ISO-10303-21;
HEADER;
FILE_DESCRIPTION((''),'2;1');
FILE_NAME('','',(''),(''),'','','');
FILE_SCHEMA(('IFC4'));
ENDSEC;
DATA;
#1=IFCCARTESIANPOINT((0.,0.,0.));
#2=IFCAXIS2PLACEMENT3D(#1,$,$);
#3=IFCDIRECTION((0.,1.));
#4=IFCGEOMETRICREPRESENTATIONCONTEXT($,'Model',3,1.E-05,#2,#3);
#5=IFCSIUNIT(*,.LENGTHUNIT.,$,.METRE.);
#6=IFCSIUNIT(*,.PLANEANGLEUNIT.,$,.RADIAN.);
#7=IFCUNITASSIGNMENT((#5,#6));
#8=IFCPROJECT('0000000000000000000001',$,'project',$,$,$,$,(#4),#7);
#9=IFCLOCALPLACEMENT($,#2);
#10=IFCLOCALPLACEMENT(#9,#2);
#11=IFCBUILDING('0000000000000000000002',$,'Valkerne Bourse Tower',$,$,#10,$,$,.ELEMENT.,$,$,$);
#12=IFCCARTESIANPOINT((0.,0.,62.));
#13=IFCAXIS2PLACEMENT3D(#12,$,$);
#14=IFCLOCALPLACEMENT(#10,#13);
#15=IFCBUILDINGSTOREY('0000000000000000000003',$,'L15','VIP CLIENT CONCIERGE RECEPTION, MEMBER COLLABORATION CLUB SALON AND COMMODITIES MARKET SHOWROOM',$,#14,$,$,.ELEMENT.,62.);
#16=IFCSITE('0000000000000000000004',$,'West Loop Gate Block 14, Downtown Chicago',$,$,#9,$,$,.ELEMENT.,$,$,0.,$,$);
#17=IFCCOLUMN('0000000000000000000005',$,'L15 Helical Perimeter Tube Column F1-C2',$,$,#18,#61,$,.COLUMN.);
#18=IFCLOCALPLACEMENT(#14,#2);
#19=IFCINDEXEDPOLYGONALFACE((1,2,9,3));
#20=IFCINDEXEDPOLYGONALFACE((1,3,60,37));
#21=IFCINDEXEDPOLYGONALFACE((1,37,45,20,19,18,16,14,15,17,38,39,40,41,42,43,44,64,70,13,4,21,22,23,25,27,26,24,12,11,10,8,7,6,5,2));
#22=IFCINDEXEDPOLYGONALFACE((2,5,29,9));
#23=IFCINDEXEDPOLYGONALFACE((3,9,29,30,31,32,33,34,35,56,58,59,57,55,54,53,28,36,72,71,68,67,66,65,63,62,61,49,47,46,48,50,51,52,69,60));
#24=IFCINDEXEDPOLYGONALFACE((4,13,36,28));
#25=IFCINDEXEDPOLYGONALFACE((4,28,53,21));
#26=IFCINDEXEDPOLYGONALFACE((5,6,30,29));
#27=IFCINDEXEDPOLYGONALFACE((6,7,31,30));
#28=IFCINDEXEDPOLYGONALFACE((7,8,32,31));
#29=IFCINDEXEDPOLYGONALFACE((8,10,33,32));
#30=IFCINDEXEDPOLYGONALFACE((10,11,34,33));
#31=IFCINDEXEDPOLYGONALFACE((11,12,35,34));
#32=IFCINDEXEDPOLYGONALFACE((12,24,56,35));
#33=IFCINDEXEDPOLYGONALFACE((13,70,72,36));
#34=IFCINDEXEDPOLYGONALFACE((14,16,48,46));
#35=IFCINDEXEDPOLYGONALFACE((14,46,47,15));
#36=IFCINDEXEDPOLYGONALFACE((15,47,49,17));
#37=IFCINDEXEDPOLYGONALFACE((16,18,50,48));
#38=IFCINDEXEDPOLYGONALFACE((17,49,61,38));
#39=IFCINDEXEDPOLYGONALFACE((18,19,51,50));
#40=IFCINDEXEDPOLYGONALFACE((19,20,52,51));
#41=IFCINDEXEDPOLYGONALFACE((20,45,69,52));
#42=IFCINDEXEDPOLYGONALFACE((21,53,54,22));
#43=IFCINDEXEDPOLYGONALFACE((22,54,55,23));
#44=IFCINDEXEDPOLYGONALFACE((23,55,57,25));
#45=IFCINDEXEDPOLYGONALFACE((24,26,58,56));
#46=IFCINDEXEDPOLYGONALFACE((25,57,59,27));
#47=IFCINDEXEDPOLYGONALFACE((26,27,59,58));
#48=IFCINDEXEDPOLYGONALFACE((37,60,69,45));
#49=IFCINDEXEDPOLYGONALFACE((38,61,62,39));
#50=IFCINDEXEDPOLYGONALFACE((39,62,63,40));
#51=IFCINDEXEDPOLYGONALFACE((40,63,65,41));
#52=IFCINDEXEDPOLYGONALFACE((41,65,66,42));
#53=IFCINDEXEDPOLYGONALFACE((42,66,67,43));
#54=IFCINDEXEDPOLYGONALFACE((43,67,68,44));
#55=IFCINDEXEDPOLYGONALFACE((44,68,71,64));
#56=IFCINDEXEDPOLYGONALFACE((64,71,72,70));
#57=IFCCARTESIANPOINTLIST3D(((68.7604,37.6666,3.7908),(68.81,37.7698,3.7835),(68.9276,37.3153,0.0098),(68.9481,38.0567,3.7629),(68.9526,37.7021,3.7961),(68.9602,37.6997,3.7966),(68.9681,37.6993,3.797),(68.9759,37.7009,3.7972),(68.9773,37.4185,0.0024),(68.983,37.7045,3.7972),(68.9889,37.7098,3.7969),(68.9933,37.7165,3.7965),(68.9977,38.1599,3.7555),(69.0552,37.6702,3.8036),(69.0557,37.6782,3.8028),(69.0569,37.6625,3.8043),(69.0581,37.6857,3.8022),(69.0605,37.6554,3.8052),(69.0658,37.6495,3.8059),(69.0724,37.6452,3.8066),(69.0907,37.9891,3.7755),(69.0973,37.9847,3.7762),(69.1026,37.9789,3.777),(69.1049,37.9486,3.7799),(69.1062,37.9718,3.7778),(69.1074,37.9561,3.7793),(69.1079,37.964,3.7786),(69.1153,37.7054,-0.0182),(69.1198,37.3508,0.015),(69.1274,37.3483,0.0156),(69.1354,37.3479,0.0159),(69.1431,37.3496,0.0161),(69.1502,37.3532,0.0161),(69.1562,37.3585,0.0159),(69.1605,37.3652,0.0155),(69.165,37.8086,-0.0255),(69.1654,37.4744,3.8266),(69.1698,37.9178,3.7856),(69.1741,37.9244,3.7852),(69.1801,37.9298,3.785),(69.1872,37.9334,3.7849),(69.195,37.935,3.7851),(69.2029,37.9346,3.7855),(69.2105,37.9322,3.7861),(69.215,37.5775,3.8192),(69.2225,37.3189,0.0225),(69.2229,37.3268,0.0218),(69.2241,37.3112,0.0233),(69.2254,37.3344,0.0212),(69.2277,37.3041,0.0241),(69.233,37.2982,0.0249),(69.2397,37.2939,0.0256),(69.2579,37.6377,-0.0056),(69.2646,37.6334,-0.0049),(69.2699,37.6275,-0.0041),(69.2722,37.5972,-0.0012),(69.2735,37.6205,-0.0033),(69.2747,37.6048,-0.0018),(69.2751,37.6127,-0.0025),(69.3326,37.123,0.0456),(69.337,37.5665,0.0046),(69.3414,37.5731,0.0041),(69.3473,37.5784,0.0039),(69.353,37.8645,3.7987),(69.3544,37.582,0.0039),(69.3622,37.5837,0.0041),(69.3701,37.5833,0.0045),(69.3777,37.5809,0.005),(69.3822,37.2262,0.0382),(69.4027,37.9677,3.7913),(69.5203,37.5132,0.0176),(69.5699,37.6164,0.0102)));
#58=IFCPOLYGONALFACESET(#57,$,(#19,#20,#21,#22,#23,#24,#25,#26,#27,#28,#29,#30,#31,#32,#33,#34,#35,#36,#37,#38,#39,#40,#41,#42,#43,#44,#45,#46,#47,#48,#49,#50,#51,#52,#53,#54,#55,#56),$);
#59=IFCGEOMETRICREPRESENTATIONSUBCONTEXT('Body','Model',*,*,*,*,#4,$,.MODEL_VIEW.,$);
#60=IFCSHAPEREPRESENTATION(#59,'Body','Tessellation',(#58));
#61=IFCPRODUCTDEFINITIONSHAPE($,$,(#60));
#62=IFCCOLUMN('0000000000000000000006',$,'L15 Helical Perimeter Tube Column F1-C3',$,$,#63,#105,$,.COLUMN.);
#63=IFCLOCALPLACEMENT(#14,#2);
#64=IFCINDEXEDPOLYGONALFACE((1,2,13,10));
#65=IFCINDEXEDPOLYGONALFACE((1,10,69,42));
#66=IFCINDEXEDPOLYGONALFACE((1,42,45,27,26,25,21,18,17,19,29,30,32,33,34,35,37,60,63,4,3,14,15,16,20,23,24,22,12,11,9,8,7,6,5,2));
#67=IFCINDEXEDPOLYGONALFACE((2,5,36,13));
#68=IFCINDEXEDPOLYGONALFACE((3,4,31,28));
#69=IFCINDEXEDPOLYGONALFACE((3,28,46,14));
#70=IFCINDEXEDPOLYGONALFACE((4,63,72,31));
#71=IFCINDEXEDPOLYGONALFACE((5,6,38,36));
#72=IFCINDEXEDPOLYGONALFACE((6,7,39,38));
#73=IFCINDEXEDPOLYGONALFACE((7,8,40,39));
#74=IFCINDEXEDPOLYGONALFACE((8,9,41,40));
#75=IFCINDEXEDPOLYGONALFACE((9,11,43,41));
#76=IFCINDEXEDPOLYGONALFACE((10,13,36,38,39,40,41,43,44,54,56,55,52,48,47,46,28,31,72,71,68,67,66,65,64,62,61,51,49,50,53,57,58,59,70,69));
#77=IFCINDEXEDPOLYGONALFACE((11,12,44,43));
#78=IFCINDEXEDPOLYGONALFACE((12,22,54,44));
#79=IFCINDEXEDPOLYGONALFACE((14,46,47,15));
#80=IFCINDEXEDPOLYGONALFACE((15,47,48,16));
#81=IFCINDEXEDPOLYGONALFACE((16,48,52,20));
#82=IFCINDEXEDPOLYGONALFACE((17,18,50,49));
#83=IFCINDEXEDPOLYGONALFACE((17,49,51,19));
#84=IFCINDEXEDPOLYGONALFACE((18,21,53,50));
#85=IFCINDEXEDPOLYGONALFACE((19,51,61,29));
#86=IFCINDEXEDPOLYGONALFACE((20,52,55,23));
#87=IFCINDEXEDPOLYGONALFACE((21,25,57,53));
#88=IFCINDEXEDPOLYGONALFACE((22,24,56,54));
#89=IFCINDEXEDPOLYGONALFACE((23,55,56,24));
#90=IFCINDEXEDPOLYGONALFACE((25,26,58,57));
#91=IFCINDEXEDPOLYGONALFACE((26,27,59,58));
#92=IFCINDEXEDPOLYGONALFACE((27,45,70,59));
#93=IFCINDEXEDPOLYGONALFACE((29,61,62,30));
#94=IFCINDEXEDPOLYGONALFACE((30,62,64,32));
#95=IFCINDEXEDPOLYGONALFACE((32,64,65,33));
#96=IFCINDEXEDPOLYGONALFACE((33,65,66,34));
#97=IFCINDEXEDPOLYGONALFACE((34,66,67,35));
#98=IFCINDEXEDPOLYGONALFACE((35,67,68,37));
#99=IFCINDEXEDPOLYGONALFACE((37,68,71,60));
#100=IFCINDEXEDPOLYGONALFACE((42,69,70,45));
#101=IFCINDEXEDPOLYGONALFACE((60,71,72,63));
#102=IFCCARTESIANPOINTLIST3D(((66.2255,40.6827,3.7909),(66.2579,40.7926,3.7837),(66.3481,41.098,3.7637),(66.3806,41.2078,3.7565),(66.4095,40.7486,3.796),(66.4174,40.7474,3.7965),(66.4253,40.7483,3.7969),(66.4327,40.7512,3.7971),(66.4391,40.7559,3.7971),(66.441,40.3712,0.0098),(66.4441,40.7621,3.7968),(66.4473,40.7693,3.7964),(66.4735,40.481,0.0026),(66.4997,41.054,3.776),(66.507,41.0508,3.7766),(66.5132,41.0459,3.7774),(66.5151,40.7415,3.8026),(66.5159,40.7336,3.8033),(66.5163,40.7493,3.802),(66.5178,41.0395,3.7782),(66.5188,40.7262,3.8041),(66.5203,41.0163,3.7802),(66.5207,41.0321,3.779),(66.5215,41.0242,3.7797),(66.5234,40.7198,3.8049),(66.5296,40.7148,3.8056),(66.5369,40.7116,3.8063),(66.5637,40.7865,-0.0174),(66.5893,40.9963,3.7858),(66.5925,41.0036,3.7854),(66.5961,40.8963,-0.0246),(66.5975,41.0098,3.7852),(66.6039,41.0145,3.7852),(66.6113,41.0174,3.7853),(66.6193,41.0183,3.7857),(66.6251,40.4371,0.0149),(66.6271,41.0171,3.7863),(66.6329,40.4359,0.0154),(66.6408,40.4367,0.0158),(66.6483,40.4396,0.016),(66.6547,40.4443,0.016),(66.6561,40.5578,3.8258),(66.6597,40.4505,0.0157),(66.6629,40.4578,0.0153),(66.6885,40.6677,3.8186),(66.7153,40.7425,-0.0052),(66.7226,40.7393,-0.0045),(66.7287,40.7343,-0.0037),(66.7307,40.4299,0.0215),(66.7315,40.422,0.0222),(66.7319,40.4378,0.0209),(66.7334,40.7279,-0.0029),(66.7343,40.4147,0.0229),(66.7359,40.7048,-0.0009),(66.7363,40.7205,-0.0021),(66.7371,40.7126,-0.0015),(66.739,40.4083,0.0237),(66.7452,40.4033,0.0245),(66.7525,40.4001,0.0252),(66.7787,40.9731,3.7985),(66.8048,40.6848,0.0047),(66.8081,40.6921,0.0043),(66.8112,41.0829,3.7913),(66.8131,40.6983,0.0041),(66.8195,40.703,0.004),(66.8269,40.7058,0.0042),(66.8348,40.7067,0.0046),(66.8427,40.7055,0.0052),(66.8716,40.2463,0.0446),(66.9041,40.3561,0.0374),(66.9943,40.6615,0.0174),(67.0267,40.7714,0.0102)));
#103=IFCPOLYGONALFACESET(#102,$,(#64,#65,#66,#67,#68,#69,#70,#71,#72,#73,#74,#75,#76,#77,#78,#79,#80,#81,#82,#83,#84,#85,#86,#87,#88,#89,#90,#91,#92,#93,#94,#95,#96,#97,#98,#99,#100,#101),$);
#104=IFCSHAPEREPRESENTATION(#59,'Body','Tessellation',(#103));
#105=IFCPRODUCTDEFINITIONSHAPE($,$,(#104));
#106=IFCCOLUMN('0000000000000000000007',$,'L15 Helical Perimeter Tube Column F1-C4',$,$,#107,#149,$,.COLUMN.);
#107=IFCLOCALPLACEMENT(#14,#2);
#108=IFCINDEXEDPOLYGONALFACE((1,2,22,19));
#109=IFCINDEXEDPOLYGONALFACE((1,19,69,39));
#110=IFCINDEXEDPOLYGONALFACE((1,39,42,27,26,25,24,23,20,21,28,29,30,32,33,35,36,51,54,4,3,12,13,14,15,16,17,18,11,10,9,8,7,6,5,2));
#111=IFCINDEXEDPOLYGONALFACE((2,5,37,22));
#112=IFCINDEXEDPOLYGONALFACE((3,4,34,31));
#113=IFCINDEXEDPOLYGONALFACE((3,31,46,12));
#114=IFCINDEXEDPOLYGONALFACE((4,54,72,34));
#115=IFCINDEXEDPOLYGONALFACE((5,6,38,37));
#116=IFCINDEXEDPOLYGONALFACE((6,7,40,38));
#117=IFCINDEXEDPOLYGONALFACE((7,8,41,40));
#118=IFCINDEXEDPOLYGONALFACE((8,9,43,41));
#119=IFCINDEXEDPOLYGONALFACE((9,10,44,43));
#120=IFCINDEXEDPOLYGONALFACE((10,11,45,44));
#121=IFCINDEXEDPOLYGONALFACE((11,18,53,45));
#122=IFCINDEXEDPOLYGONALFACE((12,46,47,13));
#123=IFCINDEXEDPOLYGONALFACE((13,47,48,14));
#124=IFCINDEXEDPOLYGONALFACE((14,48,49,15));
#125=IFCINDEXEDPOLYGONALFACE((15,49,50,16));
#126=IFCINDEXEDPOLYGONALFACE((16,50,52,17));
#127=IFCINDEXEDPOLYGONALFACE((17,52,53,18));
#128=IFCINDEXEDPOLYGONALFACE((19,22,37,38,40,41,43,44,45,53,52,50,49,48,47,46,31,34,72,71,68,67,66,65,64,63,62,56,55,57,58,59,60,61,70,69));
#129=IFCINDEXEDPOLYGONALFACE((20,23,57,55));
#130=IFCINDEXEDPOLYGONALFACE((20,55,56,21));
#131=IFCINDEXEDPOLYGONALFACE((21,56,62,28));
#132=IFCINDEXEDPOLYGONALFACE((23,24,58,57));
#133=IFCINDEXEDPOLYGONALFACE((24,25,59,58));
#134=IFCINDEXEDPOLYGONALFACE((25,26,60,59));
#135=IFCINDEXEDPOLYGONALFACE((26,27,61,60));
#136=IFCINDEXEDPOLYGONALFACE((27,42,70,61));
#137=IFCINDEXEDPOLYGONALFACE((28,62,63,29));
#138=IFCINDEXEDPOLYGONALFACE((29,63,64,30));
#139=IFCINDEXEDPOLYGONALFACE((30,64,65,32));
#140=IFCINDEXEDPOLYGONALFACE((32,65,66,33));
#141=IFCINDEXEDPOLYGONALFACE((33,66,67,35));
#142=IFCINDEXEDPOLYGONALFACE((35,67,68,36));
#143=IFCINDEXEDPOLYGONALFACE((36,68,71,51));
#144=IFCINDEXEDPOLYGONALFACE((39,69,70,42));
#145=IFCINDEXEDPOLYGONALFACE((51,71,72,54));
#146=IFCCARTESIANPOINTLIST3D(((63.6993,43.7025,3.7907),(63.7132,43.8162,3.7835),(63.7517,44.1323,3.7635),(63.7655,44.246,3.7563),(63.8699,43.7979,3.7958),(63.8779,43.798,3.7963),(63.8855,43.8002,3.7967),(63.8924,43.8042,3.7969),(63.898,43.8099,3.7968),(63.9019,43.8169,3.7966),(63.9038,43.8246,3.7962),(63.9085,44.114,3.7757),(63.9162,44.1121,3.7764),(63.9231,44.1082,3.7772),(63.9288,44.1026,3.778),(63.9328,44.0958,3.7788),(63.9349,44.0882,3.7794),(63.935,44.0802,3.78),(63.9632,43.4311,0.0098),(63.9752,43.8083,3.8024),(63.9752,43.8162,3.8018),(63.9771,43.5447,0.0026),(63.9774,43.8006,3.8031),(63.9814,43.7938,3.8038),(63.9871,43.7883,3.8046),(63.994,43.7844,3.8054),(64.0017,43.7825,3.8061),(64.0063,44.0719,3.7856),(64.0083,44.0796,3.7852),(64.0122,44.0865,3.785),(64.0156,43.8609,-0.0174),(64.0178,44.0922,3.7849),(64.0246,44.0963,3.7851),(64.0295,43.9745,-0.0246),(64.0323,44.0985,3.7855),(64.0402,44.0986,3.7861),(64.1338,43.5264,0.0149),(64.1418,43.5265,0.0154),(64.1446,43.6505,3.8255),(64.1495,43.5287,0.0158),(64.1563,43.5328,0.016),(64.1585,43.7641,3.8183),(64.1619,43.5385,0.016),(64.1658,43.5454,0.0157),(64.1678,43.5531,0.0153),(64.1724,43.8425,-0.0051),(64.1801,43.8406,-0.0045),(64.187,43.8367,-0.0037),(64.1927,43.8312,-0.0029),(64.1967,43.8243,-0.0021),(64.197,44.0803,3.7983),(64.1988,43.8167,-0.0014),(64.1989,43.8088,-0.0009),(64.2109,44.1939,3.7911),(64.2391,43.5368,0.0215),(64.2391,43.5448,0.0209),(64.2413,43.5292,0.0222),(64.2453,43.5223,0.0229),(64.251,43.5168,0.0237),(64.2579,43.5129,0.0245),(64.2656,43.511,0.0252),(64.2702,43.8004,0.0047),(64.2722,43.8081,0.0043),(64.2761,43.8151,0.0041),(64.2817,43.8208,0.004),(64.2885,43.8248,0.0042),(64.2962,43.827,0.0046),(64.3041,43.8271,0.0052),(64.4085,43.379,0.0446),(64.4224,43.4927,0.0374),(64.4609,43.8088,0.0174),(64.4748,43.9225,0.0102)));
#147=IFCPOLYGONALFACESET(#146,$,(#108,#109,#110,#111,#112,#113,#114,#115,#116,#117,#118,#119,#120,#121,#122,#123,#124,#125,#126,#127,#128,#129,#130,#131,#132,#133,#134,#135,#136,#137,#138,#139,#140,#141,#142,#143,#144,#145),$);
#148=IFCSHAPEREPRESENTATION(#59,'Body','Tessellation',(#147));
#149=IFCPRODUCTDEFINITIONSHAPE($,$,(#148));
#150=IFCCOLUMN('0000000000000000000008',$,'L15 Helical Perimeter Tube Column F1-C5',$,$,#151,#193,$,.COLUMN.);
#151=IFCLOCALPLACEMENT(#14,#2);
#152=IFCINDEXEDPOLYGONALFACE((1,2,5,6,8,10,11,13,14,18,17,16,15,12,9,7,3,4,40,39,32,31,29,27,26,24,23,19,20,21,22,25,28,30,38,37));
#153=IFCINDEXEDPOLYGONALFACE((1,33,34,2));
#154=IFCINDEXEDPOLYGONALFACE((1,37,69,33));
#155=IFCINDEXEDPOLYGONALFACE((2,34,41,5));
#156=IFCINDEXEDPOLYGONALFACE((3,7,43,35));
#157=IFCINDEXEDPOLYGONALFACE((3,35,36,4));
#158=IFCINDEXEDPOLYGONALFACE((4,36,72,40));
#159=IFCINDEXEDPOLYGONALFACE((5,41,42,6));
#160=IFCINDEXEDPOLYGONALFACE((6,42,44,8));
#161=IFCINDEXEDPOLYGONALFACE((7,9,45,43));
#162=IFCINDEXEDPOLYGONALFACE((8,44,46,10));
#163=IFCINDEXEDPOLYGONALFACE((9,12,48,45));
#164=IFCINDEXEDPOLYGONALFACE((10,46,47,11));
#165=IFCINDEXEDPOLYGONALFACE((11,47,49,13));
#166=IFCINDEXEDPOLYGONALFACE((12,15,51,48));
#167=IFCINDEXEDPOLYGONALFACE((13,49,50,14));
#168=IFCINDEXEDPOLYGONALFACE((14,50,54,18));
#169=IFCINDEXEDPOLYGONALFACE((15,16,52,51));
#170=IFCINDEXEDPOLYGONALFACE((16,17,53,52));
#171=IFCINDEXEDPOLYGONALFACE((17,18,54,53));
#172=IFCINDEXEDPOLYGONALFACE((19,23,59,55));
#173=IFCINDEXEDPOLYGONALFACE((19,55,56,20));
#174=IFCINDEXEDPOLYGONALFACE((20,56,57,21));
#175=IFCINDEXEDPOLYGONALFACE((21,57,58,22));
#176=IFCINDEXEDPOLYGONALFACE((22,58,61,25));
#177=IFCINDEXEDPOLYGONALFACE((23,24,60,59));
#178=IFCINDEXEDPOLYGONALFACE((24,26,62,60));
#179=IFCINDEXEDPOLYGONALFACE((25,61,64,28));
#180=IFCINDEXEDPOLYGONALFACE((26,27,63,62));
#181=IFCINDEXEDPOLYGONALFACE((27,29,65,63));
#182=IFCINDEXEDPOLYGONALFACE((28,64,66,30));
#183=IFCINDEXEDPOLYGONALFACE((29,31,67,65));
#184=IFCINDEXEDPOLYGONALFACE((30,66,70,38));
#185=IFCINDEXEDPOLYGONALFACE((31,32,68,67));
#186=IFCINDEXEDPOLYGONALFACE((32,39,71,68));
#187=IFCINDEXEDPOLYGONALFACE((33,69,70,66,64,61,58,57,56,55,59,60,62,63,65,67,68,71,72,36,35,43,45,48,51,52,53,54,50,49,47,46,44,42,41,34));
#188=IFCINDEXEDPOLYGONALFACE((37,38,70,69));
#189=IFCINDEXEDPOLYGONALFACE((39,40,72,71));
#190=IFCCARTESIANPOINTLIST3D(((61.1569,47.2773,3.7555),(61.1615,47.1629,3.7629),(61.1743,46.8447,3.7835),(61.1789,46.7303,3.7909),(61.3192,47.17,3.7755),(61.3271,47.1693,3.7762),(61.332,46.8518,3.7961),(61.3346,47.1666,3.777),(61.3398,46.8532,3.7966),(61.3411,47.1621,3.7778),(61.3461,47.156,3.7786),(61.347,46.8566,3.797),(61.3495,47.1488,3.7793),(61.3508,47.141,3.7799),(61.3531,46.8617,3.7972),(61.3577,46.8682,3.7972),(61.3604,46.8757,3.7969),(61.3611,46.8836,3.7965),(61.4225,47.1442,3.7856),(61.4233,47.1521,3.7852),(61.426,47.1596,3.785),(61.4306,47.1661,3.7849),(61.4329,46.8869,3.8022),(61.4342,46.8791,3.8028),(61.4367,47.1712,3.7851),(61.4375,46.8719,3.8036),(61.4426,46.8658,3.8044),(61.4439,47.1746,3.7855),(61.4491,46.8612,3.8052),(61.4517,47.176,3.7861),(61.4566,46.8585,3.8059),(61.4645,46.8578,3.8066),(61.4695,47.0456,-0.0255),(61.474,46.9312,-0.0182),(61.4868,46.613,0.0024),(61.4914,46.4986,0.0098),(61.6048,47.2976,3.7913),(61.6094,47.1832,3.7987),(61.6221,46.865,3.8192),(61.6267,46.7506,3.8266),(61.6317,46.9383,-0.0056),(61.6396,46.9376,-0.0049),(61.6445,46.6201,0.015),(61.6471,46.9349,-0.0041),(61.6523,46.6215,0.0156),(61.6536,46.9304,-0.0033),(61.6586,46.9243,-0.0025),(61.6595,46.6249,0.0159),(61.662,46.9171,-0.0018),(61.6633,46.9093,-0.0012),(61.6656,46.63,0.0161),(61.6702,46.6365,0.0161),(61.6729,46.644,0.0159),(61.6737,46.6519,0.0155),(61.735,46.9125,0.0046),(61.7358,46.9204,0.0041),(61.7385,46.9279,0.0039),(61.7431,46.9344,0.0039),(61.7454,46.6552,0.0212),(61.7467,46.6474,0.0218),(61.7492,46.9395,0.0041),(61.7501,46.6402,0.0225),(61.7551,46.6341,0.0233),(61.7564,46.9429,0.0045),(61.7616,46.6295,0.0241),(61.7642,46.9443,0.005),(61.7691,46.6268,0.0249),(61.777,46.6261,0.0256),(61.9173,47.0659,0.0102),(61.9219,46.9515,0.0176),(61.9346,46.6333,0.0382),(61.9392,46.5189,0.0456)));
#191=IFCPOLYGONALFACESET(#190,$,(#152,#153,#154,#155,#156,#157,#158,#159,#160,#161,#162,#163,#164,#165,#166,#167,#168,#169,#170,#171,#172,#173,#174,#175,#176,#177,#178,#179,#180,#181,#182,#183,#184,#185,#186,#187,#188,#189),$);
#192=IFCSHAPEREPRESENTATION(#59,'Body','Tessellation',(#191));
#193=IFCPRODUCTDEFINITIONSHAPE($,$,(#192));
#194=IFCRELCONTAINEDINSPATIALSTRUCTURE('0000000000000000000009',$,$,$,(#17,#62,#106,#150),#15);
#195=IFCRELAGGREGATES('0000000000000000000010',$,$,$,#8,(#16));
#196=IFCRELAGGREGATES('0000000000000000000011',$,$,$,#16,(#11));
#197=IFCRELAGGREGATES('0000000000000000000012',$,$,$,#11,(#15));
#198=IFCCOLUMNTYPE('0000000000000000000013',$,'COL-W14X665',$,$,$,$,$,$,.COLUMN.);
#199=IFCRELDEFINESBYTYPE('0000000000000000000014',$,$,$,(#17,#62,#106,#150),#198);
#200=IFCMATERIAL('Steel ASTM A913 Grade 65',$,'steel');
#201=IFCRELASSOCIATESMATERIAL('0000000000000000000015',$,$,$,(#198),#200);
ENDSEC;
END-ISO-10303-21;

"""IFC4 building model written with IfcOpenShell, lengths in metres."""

from ifc_helpers import new_model, si_unit, direction, frame, origin, origin_2d, place, context, subcontext, project, spatial, i_section, extrude, material, material_profile, profile_set, type_object, element, save


model = new_model("IFC4")

# Units and contexts
model_context = context("Model", 3, precision=1e-05, world=origin(), true_north=direction((0.0, 1.0)))
body_context = subcontext(model_context, "Body", "Model", "MODEL_VIEW")
ifc_project = project(units=[si_unit("LENGTHUNIT", "METRE"), si_unit("PLANEANGLEUNIT", "RADIAN")], contexts=[model_context])

# Site, building, storey
site_placement = place(None, origin())
site = spatial("IfcSite", under=ifc_project, at=site_placement, Name="West Loop Gate Block 14, Downtown Chicago", CompositionType="ELEMENT", RefElevation=0.0)
building_placement = place(site_placement, origin())
building = spatial("IfcBuilding", under=site, at=building_placement, Name="Valkerne Bourse Tower", CompositionType="ELEMENT")
storey_placement = place(building_placement, frame((0.0, 0.0, 62.0)))
storey = spatial("IfcBuildingStorey", under=building, at=storey_placement, Name="L15", Description="VIP CLIENT CONCIERGE RECEPTION, MEMBER COLLABORATION CLUB SALON AND COMMODITIES MARKET SHOWROOM", CompositionType="ELEMENT", Elevation=62.0)

# Columns
ifc_material_1 = material(Name="Steel ASTM A913 Grade 65", Category="steel")
ifc_material_profile_1 = material_profile(ifc_material_1, i_section(OverallWidth=0.4497, OverallDepth=0.5486, WebThickness=0.072, FlangeThickness=0.1147, FilletRadius=0.0305, at=origin_2d()), Name="W14X665")
ifc_profile_set_1 = profile_set([ifc_material_profile_1], Name="Steel ASTM A913 Grade 65")
column_type = type_object("IfcColumnType", Name="COL-W14X665", PredefinedType="COLUMN", material=ifc_profile_set_1)
column_1_placement = place(storey_placement, frame((69.2488, 37.4658, 0.01), z_axis=(-0.043998, 0.092429, 0.994747), x_axis=(0.900497, -0.427524, 0.079554)))
element("IfcColumn", 1, at=column_1_placement, inside=storey, type_object=column_type, Name="L15 Helical Perimeter Tube Column F1-C2", PredefinedType="COLUMN", context=body_context, shape_type="SweptSolid", body=[
    extrude(i_section(OverallWidth=0.4497, OverallDepth=0.5486, WebThickness=0.072, FlangeThickness=0.1147, FilletRadius=0.0305, at=origin_2d()), origin(), (0.0, 0.0, 1.0), 3.801),
])
column_2_placement = place(storey_placement, frame((66.7339, 40.5713, 0.01), z_axis=(-0.056732, 0.081981, 0.995018), x_axis=(0.957521, -0.27776, 0.077479)))
element("IfcColumn", 2, at=column_2_placement, inside=storey, type_object=column_type, Name="L15 Helical Perimeter Tube Column F1-C3", PredefinedType="COLUMN", context=body_context, shape_type="SweptSolid", body=[
    extrude(i_section(OverallWidth=0.4497, OverallDepth=0.5486, WebThickness=0.072, FlangeThickness=0.1147, FilletRadius=0.0305, at=origin_2d()), origin(), (0.0, 0.0, 1.0), 3.8),
])
column_3_placement = place(storey_placement, frame((64.219, 43.6768, 0.01), z_axis=(-0.069453, 0.071445, 0.995024), x_axis=(0.990249, -0.115802, 0.077435)))
element("IfcColumn", 3, at=column_3_placement, inside=storey, type_object=column_type, Name="L15 Helical Perimeter Tube Column F1-C4", PredefinedType="COLUMN", context=body_context, shape_type="SweptSolid", body=[
    extrude(i_section(OverallWidth=0.4497, OverallDepth=0.5486, WebThickness=0.072, FlangeThickness=0.1147, FilletRadius=0.0305, at=origin_2d()), origin(), (0.0, 0.0, 1.0), 3.7998),
])
column_4_placement = place(storey_placement, frame((61.7043, 46.7822, 0.01), z_axis=(-0.082216, 0.060955, 0.994749), x_axis=(0.99581, 0.045118, 0.079539)))
element("IfcColumn", 4, at=column_4_placement, inside=storey, type_object=column_type, Name="L15 Helical Perimeter Tube Column F1-C5", PredefinedType="COLUMN", context=body_context, shape_type="SweptSolid", body=[
    extrude(i_section(OverallWidth=0.4497, OverallDepth=0.5486, WebThickness=0.072, FlangeThickness=0.1147, FilletRadius=0.0305, at=origin_2d()), origin(), (0.0, 0.0, 1.0), 3.801),
])

save(model, "model.ifc")
